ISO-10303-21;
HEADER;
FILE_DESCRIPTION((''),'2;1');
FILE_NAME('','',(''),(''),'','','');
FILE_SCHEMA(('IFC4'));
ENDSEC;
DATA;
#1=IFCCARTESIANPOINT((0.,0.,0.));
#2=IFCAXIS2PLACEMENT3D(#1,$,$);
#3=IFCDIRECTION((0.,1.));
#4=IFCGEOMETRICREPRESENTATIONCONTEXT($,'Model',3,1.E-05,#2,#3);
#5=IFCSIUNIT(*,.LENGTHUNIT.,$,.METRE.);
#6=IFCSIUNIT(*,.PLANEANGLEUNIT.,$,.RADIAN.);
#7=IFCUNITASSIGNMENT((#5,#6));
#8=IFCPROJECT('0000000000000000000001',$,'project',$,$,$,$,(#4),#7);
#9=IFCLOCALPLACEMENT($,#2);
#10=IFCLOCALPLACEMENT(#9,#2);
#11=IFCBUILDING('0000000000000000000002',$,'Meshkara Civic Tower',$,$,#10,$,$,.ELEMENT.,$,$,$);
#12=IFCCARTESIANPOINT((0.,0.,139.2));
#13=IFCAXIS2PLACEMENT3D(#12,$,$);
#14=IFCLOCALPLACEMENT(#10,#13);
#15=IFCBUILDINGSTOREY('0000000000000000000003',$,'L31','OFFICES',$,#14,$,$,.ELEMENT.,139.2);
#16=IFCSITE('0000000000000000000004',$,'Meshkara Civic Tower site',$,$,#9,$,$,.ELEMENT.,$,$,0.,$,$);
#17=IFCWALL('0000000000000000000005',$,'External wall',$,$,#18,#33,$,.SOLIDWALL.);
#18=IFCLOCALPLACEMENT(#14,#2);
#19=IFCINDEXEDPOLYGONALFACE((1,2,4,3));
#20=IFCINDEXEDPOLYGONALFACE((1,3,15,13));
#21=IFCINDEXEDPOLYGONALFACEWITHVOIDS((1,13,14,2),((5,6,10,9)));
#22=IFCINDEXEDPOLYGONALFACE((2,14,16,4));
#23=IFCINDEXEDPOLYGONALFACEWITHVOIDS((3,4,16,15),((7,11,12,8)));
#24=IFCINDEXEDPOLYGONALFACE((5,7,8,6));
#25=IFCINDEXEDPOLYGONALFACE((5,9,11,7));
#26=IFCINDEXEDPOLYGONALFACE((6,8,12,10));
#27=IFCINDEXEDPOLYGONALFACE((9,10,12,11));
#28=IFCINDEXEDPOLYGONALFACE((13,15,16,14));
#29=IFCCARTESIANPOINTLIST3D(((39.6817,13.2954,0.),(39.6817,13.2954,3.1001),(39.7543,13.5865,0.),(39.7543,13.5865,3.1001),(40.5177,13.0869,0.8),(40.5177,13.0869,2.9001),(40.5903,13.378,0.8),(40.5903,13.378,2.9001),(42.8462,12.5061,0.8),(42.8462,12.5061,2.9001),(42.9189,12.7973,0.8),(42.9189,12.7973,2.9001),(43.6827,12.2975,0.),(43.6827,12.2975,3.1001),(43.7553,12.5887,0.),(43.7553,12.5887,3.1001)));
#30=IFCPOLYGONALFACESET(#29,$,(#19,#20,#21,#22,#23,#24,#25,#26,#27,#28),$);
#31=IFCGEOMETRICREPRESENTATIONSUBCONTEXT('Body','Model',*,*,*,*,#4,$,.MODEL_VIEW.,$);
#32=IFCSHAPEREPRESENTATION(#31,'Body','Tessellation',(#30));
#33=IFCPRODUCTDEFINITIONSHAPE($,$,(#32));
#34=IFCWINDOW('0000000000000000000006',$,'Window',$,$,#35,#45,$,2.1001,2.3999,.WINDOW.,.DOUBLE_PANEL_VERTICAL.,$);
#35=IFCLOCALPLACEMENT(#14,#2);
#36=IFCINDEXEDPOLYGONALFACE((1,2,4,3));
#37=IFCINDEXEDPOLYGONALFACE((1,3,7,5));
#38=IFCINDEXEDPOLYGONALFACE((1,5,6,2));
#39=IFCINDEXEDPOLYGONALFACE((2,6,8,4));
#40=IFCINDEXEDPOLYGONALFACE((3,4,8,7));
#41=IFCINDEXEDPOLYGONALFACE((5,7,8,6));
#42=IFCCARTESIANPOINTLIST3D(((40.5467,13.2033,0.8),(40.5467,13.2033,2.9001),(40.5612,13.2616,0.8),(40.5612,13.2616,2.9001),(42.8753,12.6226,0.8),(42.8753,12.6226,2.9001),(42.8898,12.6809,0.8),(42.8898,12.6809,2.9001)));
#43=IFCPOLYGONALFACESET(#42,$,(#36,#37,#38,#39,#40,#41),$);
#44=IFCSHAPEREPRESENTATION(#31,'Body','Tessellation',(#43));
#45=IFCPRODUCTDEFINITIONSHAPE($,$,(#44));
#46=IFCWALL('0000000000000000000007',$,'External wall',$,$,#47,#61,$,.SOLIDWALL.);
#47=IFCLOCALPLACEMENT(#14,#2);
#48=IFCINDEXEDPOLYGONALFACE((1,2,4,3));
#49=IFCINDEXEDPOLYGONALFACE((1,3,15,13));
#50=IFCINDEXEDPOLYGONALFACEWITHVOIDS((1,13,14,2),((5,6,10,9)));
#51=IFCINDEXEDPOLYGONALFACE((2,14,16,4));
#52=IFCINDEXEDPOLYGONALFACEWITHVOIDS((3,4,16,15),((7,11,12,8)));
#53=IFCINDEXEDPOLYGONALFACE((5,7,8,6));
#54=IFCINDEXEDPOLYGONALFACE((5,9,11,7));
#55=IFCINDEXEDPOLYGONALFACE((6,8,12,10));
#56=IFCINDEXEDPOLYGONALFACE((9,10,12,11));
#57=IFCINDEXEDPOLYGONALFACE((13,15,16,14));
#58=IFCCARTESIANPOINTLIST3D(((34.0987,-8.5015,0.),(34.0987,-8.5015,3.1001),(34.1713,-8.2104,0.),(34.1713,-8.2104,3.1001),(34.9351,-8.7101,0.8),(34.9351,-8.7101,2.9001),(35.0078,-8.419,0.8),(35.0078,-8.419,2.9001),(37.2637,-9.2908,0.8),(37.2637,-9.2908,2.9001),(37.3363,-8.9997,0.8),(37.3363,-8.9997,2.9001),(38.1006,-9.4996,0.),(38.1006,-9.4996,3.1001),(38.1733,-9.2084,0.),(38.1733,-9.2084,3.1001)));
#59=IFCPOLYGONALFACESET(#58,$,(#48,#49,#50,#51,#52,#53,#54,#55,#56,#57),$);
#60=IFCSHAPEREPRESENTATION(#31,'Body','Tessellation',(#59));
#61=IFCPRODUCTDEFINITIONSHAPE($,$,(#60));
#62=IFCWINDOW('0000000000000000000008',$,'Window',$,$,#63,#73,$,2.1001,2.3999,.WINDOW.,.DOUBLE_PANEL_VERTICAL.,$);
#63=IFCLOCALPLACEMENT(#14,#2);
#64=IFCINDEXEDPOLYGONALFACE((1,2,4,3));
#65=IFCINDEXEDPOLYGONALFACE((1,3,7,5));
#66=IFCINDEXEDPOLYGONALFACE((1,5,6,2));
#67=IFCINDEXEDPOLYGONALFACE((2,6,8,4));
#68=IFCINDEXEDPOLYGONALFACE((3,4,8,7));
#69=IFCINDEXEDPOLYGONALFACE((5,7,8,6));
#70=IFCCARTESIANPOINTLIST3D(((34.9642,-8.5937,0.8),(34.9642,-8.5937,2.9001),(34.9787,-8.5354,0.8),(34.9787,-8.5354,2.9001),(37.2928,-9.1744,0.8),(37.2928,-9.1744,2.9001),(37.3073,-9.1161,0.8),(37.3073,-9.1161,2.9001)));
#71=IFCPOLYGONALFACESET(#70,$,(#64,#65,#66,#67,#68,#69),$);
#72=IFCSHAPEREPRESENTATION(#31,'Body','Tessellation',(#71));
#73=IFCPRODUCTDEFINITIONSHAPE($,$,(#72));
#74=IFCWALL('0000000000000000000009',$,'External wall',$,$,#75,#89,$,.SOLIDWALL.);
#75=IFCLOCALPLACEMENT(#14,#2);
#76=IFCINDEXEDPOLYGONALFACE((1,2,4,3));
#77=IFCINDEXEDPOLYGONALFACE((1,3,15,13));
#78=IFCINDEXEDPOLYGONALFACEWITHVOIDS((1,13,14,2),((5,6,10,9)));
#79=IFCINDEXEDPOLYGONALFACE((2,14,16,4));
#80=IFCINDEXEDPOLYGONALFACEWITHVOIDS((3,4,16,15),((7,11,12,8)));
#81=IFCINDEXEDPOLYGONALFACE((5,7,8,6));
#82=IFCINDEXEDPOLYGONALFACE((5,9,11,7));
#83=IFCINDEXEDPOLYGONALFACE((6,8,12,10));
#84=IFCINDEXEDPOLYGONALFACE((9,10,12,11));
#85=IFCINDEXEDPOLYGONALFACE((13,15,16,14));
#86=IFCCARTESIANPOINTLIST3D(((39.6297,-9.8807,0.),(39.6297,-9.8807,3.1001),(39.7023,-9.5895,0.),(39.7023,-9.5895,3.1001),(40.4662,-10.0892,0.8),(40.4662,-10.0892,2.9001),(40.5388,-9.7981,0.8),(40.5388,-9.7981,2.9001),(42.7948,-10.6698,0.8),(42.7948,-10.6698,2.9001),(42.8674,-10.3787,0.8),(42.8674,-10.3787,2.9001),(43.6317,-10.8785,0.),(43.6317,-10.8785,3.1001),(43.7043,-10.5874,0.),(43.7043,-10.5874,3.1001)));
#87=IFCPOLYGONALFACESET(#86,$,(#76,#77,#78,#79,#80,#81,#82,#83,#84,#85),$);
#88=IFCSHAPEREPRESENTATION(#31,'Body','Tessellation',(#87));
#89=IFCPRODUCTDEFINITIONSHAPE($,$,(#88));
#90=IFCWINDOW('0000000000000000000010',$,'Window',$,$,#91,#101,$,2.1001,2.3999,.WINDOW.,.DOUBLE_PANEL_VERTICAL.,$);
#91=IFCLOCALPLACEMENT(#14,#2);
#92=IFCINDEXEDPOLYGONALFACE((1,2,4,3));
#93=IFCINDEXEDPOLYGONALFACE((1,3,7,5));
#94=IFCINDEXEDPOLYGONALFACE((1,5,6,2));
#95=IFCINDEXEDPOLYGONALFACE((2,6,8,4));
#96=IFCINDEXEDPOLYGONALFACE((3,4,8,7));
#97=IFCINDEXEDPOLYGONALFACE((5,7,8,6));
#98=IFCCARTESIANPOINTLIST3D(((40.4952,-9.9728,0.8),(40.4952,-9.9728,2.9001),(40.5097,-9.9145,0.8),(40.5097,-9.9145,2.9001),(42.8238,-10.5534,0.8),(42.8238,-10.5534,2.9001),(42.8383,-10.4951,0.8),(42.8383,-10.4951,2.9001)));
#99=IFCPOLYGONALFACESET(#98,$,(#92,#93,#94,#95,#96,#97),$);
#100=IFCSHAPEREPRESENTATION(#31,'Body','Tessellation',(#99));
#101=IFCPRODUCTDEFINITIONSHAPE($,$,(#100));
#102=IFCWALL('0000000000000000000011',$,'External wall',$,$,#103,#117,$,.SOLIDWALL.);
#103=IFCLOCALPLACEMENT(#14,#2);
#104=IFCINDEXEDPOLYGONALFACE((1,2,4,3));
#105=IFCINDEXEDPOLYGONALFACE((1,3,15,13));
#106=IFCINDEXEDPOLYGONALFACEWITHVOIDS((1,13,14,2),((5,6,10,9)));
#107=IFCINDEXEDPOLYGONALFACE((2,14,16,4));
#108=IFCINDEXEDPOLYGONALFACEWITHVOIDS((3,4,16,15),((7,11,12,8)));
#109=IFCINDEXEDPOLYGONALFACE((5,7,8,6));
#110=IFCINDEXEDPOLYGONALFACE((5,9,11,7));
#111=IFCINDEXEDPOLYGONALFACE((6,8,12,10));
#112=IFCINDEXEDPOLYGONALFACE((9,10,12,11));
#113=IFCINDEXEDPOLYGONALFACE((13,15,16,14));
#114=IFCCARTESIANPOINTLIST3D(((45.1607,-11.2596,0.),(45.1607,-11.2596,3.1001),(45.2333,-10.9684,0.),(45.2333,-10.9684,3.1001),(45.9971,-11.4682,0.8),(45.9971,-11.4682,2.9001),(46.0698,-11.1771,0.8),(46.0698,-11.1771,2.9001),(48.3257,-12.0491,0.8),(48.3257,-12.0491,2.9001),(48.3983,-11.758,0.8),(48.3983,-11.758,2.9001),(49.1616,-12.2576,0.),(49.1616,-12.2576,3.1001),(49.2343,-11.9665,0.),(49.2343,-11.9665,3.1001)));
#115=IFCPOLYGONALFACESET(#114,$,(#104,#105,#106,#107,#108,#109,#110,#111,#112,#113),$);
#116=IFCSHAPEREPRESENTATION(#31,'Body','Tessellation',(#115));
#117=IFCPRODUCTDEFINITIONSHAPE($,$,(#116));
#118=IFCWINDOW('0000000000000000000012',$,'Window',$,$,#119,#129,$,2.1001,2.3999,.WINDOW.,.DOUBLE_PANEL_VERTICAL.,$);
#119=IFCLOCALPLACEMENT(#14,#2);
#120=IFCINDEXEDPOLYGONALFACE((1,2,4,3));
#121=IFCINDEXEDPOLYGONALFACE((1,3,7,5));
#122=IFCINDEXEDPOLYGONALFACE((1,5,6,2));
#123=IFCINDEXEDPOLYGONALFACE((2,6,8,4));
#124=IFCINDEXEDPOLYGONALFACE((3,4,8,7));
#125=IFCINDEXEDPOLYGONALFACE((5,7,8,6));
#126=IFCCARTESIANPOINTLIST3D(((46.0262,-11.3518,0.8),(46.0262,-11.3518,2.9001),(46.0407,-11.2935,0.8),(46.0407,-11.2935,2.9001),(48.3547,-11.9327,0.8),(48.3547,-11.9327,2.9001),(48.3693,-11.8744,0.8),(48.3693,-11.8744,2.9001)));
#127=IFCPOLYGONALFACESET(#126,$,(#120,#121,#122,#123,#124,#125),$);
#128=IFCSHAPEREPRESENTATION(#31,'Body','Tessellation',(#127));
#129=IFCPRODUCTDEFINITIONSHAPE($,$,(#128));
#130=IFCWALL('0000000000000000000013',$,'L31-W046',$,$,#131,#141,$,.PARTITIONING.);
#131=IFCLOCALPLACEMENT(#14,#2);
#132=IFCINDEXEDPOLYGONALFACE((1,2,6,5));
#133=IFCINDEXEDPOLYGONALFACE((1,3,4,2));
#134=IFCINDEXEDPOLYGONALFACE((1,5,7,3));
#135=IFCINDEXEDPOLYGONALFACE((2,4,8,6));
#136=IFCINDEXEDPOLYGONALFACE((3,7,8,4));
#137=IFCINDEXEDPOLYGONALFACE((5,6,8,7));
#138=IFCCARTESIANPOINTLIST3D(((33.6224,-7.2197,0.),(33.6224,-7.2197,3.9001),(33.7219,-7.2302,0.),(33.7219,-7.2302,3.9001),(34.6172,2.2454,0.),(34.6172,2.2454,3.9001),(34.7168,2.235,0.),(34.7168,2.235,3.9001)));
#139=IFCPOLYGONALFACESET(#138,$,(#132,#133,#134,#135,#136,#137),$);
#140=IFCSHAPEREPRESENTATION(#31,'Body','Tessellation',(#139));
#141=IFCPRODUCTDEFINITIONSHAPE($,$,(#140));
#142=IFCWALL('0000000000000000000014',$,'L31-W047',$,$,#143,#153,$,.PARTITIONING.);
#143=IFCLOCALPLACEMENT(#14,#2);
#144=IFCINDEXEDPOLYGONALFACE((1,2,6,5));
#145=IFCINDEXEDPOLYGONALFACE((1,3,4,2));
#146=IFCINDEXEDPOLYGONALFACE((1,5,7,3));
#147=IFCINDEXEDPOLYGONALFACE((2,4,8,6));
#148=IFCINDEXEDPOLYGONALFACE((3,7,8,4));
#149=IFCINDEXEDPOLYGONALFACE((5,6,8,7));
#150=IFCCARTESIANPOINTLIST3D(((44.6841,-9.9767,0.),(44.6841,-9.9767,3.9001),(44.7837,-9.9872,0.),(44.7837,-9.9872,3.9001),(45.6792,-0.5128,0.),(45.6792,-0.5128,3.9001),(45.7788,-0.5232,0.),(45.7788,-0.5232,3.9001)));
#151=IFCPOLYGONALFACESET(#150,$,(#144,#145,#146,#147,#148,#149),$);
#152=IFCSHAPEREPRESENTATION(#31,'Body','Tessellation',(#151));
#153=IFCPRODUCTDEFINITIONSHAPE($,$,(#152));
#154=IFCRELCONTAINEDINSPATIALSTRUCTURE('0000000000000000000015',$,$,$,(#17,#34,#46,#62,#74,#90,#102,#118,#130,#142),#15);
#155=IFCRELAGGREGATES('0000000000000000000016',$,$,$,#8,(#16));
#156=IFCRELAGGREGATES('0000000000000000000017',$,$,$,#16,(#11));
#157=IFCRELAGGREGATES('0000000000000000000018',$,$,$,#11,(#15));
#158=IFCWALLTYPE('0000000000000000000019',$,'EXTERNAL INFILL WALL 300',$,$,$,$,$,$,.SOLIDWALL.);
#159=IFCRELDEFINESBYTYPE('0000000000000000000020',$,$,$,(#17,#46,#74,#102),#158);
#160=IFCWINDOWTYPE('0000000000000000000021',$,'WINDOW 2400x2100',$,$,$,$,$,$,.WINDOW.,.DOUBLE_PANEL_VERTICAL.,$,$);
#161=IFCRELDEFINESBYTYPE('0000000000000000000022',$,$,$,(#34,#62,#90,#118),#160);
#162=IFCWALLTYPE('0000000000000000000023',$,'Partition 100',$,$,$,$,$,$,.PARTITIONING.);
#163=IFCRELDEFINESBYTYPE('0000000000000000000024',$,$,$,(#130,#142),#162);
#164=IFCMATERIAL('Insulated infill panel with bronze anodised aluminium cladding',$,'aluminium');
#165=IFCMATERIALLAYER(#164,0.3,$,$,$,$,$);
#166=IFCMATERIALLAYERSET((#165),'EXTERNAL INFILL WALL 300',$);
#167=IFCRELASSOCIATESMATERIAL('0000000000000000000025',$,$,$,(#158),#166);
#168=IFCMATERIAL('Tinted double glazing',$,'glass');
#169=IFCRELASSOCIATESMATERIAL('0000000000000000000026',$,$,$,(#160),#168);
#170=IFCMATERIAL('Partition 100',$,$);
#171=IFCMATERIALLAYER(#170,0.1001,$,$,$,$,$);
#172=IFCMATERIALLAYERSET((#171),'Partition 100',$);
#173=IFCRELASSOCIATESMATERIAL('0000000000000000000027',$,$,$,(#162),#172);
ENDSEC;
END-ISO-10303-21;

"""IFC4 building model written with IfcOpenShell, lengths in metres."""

from ifc_helpers import new_model, si_unit, direction, frame, frame_2d, origin, place, context, subcontext, project, spatial, rectangle, extrude, material, layer, layer_set, type_object, element, fill, save


model = new_model("IFC4")

# Units and contexts
model_context = context("Model", 3, precision=1e-05, world=origin(), true_north=direction((0.0, 1.0)))
body_context = subcontext(model_context, "Body", "Model", "MODEL_VIEW")
ifc_project = project(units=[si_unit("LENGTHUNIT", "METRE"), si_unit("PLANEANGLEUNIT", "RADIAN")], contexts=[model_context])

# Site, building, storey
site_placement = place(None, origin())
site = spatial("IfcSite", under=ifc_project, at=site_placement, Name="Meshkara Civic Tower site", CompositionType="ELEMENT", RefElevation=0.0)
building_placement = place(site_placement, origin())
building = spatial("IfcBuilding", under=site, at=building_placement, Name="Meshkara Civic Tower", CompositionType="ELEMENT")
storey_placement = place(building_placement, frame((0.0, 0.0, 139.2)))
storey = spatial("IfcBuildingStorey", under=building, at=storey_placement, Name="L31", Description="OFFICES", CompositionType="ELEMENT", Elevation=139.2)

# Walls, openings, windows
ifc_material_1 = material(Name="Insulated infill panel with bronze anodised aluminium cladding", Category="aluminium")
ifc_layer_1 = layer(ifc_material_1, 0.3)
ifc_layer_set_1 = layer_set([ifc_layer_1], Name="EXTERNAL INFILL WALL 300")
wall_type_1 = type_object("IfcWallType", Name="EXTERNAL INFILL WALL 300", PredefinedType="SOLIDWALL", material=ifc_layer_set_1)
wall_1_placement = place(storey_placement, frame((43.719, 12.4431, 0.0), z_axis=(0.0, 0.0, 1.0), x_axis=(-0.970282, 0.241978, 0.0)))
wall_1 = element("IfcWall", 1, at=wall_1_placement, inside=storey, type_object=wall_type_1, Name="External wall", PredefinedType="SOLIDWALL", context=body_context, shape_type="SweptSolid", body=[
    extrude(rectangle(XDim=4.1235, YDim=0.3, at=frame_2d((2.0618, 0.0))), origin(), (0.0, 0.0, 1.0), 3.1001),
])
opening_1_placement = place(wall_1_placement, frame((0.8621, 0.0, 0.8)))
opening_1 = element("IfcOpeningElement", 2, at=opening_1_placement, cuts=wall_1, PredefinedType="OPENING", context=body_context, shape_type="SweptSolid", body=[
    extrude(rectangle(XDim=2.3999, YDim=2.1001, at=frame_2d((1.2, 1.05))), frame((0.0, 0.1599, 0.0), z_axis=(0.0, -1.0, 0.0), x_axis=(1.0, 0.0, 0.0)), (0.0, 0.0, 1.0), 0.3201),
])
ifc_material_2 = material(Name="Tinted double glazing", Category="glass")
window_type = type_object("IfcWindowType", Name="WINDOW 2400x2100", PartitioningType="DOUBLE_PANEL_VERTICAL", PredefinedType="WINDOW", material=ifc_material_2)
window_1_placement = place(opening_1_placement, origin())
window_1 = element("IfcWindow", 3, at=window_1_placement, inside=storey, type_object=window_type, Name="Window", OverallHeight=2.1001, OverallWidth=2.3999, PartitioningType="DOUBLE_PANEL_VERTICAL", PredefinedType="WINDOW", context=body_context, shape_type="SweptSolid", body=[
    extrude(rectangle(XDim=2.3999, YDim=2.1001, at=frame_2d((1.2, 1.05))), frame((0.0, 0.03, 0.0), z_axis=(0.0, -1.0, 0.0), x_axis=(1.0, 0.0, 0.0)), (0.0, 0.0, 1.0), 0.0601),
])
fill(opening_1, window_1)
wall_2_placement = place(storey_placement, frame((34.135, -8.356, 0.0), z_axis=(0.0, 0.0, 1.0), x_axis=(0.970282, -0.241978, 0.0)))
wall_2 = element("IfcWall", 4, at=wall_2_placement, inside=storey, type_object=wall_type_1, Name="External wall", PredefinedType="SOLIDWALL", context=body_context, shape_type="SweptSolid", body=[
    extrude(rectangle(XDim=4.1245, YDim=0.3, at=frame_2d((2.0623, 0.0))), origin(), (0.0, 0.0, 1.0), 3.1001),
])
opening_2_placement = place(wall_2_placement, frame((0.8621, 0.0, 0.8)))
opening_2 = element("IfcOpeningElement", 5, at=opening_2_placement, cuts=wall_2, PredefinedType="OPENING", context=body_context, shape_type="SweptSolid", body=[
    extrude(rectangle(XDim=2.3999, YDim=2.1001, at=frame_2d((1.2, 1.05))), frame((0.0, 0.1599, 0.0), z_axis=(0.0, -1.0, 0.0), x_axis=(1.0, 0.0, 0.0)), (0.0, 0.0, 1.0), 0.3201),
])
window_2_placement = place(opening_2_placement, origin())
window_2 = element("IfcWindow", 6, at=window_2_placement, inside=storey, type_object=window_type, Name="Window", OverallHeight=2.1001, OverallWidth=2.3999, PartitioningType="DOUBLE_PANEL_VERTICAL", PredefinedType="WINDOW", context=body_context, shape_type="SweptSolid", body=[
    extrude(rectangle(XDim=2.3999, YDim=2.1001, at=frame_2d((1.2, 1.05))), frame((0.0, 0.03, 0.0), z_axis=(0.0, -1.0, 0.0), x_axis=(1.0, 0.0, 0.0)), (0.0, 0.0, 1.0), 0.0601),
])
fill(opening_2, window_2)
wall_3_placement = place(storey_placement, frame((39.666, -9.7351, 0.0), z_axis=(0.0, 0.0, 1.0), x_axis=(0.970296, -0.241923, 0.0)))
wall_3 = element("IfcWall", 7, at=wall_3_placement, inside=storey, type_object=wall_type_1, Name="External wall", PredefinedType="SOLIDWALL", context=body_context, shape_type="SweptSolid", body=[
    extrude(rectangle(XDim=4.1245, YDim=0.3, at=frame_2d((2.0623, 0.0))), origin(), (0.0, 0.0, 1.0), 3.1001),
])
opening_3_placement = place(wall_3_placement, frame((0.8621, 0.0, 0.8)))
opening_3 = element("IfcOpeningElement", 8, at=opening_3_placement, cuts=wall_3, PredefinedType="OPENING", context=body_context, shape_type="SweptSolid", body=[
    extrude(rectangle(XDim=2.3999, YDim=2.1001, at=frame_2d((1.2, 1.05))), frame((0.0, 0.1599, 0.0), z_axis=(0.0, -1.0, 0.0), x_axis=(1.0, 0.0, 0.0)), (0.0, 0.0, 1.0), 0.3201),
])
window_3_placement = place(opening_3_placement, origin())
window_3 = element("IfcWindow", 9, at=window_3_placement, inside=storey, type_object=window_type, Name="Window", OverallHeight=2.1001, OverallWidth=2.3999, PartitioningType="DOUBLE_PANEL_VERTICAL", PredefinedType="WINDOW", context=body_context, shape_type="SweptSolid", body=[
    extrude(rectangle(XDim=2.3999, YDim=2.1001, at=frame_2d((1.2, 1.05))), frame((0.0, 0.03, 0.0), z_axis=(0.0, -1.0, 0.0), x_axis=(1.0, 0.0, 0.0)), (0.0, 0.0, 1.0), 0.0601),
])
fill(opening_3, window_3)
wall_4_placement = place(storey_placement, frame((45.197, -11.114, 0.0), z_axis=(0.0, 0.0, 1.0), x_axis=(0.970268, -0.242034, 0.0)))
wall_4 = element("IfcWall", 10, at=wall_4_placement, inside=storey, type_object=wall_type_1, Name="External wall", PredefinedType="SOLIDWALL", context=body_context, shape_type="SweptSolid", body=[
    extrude(rectangle(XDim=4.1235, YDim=0.3, at=frame_2d((2.0618, 0.0))), origin(), (0.0, 0.0, 1.0), 3.1001),
])
opening_4_placement = place(wall_4_placement, frame((0.8621, 0.0, 0.8)))
opening_4 = element("IfcOpeningElement", 11, at=opening_4_placement, cuts=wall_4, PredefinedType="OPENING", context=body_context, shape_type="SweptSolid", body=[
    extrude(rectangle(XDim=2.3999, YDim=2.1001, at=frame_2d((1.2, 1.05))), frame((0.0, 0.1599, 0.0), z_axis=(0.0, -1.0, 0.0), x_axis=(1.0, 0.0, 0.0)), (0.0, 0.0, 1.0), 0.3201),
])
window_4_placement = place(opening_4_placement, origin())
window_4 = element("IfcWindow", 12, at=window_4_placement, inside=storey, type_object=window_type, Name="Window", OverallHeight=2.1001, OverallWidth=2.3999, PartitioningType="DOUBLE_PANEL_VERTICAL", PredefinedType="WINDOW", context=body_context, shape_type="SweptSolid", body=[
    extrude(rectangle(XDim=2.3999, YDim=2.1001, at=frame_2d((1.2, 1.05))), frame((0.0, 0.03, 0.0), z_axis=(0.0, -1.0, 0.0), x_axis=(1.0, 0.0, 0.0)), (0.0, 0.0, 1.0), 0.0601),
])
fill(opening_4, window_4)

# Walls
ifc_material_3 = material(Name="Partition 100")
ifc_layer_2 = layer(ifc_material_3, 0.1001)
ifc_layer_set_2 = layer_set([ifc_layer_2], Name="Partition 100")
wall_type_2 = type_object("IfcWallType", Name="Partition 100", PredefinedType="PARTITIONING", material=ifc_layer_set_2)
wall_5_placement = place(storey_placement, frame((33.6721, -7.2251, 0.0), z_axis=(0.0, 0.0, 1.0), x_axis=(0.104534, 0.994521, 0.0)))
element("IfcWall", 13, at=wall_5_placement, inside=storey, type_object=wall_type_2, Name="L31-W046", PredefinedType="PARTITIONING", context=body_context, shape_type="SweptSolid", body=[
    extrude(rectangle(XDim=9.5173, YDim=0.1001, at=frame_2d((4.7588, 0.0))), origin(), (0.0, 0.0, 1.0), 3.9001),
])
wall_6_placement = place(storey_placement, frame((44.7339, -9.9819, 0.0), z_axis=(0.0, 0.0, 1.0), x_axis=(0.104573, 0.994517, 0.0)))
element("IfcWall", 14, at=wall_6_placement, inside=storey, type_object=wall_type_2, Name="L31-W047", PredefinedType="PARTITIONING", context=body_context, shape_type="SweptSolid", body=[
    extrude(rectangle(XDim=9.5161, YDim=0.1001, at=frame_2d((4.7581, 0.0))), origin(), (0.0, 0.0, 1.0), 3.9001),
])

save(model, "model.ifc")
